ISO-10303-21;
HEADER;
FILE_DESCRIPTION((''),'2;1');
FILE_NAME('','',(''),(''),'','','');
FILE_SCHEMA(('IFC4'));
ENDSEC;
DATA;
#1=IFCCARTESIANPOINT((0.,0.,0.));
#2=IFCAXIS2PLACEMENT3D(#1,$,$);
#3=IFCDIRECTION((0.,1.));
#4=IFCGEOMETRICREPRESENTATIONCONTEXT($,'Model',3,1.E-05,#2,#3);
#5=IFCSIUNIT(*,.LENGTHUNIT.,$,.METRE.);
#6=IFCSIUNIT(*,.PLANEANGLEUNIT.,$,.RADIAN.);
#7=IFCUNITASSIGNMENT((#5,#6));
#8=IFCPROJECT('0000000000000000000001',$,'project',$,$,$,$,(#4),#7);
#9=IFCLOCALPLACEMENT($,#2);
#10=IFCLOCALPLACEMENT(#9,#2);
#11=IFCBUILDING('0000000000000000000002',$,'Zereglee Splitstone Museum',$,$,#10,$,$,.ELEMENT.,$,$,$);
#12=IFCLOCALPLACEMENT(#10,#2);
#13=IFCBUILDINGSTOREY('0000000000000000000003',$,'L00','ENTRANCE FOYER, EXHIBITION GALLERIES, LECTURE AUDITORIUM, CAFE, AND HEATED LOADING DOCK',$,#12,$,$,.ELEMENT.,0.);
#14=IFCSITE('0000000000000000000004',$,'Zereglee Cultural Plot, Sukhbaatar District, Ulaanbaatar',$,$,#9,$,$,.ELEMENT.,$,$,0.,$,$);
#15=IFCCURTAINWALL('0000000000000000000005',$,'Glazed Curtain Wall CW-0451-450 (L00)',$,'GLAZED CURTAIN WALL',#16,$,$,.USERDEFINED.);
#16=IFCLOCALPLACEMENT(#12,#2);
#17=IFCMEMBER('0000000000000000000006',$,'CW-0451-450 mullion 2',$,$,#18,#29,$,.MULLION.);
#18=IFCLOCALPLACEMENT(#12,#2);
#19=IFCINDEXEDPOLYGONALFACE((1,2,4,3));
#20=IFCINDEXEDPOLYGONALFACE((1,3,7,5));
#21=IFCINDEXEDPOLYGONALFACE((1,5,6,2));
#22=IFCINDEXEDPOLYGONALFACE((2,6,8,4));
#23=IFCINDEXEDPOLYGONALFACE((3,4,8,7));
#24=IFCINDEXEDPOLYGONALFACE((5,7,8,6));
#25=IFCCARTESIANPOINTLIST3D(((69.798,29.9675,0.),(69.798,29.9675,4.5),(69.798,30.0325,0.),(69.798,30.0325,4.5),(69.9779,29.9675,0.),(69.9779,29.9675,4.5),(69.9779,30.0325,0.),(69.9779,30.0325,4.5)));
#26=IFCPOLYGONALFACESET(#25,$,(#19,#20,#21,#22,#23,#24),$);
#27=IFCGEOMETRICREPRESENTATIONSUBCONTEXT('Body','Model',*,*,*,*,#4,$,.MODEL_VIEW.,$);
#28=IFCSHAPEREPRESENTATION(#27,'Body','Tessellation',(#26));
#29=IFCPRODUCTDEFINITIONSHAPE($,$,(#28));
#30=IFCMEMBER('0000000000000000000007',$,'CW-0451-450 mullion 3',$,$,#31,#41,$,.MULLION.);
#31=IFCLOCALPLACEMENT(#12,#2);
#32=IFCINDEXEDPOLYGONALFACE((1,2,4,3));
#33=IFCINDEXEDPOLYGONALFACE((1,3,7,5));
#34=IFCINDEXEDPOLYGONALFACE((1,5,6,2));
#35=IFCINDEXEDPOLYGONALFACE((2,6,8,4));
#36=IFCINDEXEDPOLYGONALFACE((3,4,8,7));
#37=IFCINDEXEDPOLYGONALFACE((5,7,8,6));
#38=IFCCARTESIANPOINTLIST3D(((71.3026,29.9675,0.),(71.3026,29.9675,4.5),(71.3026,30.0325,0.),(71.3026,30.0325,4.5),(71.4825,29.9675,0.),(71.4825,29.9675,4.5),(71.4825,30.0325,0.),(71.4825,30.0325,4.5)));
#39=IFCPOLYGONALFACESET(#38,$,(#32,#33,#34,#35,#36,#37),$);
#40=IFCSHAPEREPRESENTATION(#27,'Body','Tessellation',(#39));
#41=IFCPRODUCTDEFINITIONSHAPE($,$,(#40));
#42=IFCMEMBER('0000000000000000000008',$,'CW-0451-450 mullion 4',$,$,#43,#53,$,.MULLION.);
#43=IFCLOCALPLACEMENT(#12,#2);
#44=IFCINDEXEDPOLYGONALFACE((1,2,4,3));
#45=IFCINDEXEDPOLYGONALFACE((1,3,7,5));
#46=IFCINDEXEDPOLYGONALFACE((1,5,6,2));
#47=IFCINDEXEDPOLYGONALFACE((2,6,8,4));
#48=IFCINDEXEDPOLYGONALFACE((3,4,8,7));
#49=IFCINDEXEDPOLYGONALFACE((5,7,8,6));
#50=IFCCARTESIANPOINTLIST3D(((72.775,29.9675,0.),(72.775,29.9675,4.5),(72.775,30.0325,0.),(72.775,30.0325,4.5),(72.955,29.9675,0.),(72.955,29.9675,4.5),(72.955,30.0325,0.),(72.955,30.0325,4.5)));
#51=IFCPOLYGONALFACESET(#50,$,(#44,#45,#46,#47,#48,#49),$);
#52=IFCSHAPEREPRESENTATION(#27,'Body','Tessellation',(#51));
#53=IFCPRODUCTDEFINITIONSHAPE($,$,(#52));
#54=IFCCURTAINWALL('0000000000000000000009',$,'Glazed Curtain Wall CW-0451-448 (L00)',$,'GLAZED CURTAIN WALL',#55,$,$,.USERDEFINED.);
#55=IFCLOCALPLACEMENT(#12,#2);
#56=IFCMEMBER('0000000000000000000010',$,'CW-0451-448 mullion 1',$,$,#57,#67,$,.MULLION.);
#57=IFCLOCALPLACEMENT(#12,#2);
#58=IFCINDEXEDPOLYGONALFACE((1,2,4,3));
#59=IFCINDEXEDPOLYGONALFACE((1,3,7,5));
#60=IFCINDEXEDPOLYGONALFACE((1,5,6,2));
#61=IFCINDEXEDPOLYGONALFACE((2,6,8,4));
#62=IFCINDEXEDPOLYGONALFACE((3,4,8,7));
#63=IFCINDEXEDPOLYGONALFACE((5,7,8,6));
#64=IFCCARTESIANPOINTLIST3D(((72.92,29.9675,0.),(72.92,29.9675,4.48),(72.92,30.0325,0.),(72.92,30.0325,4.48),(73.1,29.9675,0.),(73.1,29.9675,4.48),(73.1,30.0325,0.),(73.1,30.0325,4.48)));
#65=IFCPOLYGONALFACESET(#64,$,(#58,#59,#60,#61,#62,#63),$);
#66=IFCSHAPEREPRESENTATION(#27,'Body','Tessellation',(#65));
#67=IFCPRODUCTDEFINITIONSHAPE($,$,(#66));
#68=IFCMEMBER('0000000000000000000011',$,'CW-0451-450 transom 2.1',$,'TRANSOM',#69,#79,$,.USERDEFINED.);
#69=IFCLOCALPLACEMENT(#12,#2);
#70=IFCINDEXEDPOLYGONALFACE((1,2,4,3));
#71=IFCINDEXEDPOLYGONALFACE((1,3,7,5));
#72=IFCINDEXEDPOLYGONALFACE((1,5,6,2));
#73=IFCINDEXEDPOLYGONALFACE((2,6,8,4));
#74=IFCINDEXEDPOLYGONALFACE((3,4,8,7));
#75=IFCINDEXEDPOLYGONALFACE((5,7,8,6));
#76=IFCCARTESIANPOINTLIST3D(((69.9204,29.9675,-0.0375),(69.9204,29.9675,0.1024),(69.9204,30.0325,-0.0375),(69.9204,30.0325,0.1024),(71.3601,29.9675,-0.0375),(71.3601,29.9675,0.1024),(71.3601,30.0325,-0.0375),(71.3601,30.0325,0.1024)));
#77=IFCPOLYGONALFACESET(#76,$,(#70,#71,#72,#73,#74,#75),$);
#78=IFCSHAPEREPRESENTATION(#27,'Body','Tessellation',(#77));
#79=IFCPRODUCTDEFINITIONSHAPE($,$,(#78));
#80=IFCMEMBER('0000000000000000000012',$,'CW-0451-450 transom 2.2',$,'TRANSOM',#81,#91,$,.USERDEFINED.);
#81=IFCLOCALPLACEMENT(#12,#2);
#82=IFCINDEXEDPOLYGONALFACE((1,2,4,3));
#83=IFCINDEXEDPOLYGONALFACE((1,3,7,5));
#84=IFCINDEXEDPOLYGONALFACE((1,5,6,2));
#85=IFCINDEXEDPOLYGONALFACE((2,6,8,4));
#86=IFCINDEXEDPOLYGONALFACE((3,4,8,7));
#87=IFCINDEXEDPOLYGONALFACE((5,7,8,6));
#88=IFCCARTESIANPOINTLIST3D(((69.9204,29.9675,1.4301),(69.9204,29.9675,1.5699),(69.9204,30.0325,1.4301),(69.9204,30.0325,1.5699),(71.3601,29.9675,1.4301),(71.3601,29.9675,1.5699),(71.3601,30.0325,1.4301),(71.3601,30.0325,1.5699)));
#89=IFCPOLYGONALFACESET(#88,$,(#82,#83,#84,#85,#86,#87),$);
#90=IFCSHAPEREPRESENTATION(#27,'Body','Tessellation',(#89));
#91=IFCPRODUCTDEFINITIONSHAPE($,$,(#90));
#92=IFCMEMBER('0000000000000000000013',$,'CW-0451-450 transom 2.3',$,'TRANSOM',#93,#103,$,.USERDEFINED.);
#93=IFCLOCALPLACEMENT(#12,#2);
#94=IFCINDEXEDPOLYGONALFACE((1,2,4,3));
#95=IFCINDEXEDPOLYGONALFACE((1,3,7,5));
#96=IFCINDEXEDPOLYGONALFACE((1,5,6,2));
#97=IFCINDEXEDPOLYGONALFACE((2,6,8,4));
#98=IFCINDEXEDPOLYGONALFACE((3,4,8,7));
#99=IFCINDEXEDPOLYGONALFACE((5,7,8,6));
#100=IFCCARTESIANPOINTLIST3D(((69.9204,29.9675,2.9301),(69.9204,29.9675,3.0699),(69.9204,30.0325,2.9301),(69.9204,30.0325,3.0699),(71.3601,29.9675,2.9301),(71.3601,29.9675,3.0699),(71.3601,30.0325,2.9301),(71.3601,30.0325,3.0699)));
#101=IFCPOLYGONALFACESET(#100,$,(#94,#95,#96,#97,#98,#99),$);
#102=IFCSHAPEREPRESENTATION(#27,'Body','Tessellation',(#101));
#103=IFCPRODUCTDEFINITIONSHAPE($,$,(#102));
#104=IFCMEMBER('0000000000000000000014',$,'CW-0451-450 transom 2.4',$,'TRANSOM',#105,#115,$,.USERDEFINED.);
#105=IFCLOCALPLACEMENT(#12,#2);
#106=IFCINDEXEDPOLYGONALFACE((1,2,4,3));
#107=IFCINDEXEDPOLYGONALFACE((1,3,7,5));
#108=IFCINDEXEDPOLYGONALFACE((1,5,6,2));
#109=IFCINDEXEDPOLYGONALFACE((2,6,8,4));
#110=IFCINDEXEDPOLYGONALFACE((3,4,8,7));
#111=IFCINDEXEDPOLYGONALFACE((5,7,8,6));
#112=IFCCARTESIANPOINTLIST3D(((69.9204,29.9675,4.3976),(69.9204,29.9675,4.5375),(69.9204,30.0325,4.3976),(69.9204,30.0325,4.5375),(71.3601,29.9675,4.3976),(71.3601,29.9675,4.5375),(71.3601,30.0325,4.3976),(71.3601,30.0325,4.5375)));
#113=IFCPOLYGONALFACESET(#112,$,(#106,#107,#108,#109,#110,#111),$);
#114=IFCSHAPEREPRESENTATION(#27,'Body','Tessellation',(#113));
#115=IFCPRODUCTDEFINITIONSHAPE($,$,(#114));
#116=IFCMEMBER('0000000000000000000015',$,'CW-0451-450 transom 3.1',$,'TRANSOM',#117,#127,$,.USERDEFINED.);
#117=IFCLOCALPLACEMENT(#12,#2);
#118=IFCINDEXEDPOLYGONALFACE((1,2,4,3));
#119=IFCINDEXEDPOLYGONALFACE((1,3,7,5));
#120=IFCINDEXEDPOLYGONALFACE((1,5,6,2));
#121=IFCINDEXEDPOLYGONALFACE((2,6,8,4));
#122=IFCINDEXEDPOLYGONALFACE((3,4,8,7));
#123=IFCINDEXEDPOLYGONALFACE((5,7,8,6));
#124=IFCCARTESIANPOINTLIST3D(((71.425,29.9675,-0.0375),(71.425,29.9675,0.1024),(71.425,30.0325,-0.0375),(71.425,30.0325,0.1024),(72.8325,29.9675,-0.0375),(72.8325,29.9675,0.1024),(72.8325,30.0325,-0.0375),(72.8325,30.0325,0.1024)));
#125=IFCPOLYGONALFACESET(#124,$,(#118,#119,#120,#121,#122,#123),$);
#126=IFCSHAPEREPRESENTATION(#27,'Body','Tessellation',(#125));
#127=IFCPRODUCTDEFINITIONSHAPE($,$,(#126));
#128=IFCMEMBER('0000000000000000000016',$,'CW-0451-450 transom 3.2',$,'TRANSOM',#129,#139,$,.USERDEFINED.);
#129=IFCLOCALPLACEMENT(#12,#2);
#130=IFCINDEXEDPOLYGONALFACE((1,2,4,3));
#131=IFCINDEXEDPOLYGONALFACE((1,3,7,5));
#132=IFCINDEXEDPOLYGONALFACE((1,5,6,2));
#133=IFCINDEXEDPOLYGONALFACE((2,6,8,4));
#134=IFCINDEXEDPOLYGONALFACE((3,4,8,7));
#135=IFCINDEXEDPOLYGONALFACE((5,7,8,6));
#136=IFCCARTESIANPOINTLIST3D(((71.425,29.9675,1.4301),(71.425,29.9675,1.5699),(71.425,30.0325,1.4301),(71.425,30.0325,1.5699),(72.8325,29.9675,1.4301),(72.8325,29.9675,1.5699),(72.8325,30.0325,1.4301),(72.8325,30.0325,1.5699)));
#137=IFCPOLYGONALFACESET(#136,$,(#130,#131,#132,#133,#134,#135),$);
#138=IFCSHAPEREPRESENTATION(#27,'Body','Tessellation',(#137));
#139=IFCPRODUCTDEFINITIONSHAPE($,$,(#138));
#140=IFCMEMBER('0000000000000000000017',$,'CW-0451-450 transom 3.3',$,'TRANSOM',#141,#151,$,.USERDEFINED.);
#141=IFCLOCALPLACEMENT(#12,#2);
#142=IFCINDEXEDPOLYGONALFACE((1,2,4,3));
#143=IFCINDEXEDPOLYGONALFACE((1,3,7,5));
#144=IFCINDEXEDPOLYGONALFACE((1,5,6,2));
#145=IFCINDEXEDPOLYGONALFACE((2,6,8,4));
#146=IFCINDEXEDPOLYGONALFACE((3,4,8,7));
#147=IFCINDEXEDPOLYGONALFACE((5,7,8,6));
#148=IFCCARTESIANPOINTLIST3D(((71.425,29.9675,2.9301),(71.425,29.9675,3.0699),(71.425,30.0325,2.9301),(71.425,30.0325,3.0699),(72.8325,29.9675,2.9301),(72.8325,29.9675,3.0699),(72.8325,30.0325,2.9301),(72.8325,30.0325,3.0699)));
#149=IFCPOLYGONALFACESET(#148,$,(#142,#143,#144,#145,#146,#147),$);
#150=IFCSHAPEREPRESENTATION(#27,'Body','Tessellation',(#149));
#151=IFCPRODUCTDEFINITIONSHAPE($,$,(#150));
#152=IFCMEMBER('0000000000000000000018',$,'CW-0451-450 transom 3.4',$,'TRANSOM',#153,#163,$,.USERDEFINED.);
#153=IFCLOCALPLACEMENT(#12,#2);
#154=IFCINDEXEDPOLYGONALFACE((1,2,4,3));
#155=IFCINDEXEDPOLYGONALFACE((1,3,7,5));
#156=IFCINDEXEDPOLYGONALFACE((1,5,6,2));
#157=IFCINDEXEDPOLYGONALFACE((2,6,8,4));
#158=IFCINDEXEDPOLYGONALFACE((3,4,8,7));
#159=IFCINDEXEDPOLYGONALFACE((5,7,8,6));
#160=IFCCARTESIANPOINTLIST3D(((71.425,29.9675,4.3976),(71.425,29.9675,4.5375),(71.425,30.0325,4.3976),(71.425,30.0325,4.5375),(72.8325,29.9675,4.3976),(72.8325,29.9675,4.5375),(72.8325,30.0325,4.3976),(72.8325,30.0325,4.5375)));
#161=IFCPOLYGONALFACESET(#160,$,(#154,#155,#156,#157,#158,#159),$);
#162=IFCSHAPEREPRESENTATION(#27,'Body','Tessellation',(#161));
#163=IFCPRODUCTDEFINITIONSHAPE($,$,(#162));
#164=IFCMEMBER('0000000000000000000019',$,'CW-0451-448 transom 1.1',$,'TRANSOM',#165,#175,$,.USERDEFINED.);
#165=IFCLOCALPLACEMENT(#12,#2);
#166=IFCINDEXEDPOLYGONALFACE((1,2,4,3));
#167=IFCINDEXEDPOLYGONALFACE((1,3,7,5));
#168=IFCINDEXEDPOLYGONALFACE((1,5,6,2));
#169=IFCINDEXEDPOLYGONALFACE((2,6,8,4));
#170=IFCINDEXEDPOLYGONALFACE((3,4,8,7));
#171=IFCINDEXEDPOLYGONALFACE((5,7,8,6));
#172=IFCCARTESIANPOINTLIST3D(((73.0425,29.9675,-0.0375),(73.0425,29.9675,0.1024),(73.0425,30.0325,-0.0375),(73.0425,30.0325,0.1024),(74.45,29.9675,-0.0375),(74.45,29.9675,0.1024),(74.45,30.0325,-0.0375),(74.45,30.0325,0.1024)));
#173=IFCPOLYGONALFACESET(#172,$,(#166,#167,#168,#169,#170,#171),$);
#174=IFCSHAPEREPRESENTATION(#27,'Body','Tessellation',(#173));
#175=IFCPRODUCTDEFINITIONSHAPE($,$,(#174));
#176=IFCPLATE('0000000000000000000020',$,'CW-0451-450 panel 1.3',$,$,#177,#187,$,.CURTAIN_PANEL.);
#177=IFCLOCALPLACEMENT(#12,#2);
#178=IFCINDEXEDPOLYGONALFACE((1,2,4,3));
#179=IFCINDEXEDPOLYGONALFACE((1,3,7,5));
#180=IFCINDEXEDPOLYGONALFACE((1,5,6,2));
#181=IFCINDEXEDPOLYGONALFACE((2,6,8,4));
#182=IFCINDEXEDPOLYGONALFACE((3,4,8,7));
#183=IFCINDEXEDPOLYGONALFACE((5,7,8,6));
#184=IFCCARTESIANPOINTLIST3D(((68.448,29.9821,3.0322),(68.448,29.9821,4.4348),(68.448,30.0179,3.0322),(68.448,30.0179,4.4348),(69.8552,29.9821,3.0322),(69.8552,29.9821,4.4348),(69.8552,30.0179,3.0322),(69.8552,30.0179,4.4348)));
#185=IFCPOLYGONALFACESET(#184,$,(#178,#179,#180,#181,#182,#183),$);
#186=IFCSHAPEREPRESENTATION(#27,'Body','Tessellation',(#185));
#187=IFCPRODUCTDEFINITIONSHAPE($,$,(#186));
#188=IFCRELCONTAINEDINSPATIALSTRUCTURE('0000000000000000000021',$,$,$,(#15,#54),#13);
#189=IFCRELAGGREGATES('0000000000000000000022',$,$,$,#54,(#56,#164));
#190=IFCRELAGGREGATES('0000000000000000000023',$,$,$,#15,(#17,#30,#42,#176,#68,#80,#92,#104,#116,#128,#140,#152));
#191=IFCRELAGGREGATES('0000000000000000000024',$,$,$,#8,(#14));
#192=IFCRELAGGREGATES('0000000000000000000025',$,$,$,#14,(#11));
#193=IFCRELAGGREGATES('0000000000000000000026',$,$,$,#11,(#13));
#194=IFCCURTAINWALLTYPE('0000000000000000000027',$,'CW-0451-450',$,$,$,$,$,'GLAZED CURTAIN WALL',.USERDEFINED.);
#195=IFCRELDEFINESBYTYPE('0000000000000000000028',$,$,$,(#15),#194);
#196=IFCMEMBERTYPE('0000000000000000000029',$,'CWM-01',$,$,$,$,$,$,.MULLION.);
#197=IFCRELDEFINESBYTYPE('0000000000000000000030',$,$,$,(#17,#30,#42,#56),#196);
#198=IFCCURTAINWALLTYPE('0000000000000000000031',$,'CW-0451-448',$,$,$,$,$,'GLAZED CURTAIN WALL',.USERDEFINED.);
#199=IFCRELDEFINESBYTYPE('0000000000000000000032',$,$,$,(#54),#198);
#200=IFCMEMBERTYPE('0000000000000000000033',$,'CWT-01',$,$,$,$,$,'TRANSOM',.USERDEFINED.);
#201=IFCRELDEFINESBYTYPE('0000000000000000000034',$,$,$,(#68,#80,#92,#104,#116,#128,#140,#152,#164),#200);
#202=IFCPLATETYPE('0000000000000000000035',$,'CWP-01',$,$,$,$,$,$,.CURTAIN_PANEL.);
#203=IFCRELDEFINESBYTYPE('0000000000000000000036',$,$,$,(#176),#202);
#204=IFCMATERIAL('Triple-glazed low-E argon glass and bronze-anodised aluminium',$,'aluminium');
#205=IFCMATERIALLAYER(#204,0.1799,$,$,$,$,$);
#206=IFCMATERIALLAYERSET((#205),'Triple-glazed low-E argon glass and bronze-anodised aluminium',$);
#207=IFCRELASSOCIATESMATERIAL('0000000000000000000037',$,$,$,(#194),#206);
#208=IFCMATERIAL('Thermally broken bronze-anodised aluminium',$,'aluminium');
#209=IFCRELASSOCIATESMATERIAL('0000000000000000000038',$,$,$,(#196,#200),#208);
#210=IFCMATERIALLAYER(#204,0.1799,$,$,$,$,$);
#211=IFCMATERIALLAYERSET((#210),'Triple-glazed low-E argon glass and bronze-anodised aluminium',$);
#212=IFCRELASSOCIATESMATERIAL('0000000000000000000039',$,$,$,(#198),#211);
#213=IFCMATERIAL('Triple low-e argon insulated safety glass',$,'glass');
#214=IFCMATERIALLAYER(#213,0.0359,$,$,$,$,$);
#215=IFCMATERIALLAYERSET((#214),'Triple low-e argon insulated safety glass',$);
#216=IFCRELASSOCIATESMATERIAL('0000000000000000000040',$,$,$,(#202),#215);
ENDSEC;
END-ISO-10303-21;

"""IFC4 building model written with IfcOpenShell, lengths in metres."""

from ifc_helpers import new_model, si_unit, direction, frame, origin, origin_2d, place, context, subcontext, project, spatial, rectangle, extrude, material, layer, layer_set, material_profile, profile_set, type_object, element, aggregate, save


model = new_model("IFC4")

# Units and contexts
model_context = context("Model", 3, precision=1e-05, world=origin(), true_north=direction((0.0, 1.0)))
body_context = subcontext(model_context, "Body", "Model", "MODEL_VIEW")
ifc_project = project(units=[si_unit("LENGTHUNIT", "METRE"), si_unit("PLANEANGLEUNIT", "RADIAN")], contexts=[model_context])

# Site, building, storey
site_placement = place(None, origin())
site = spatial("IfcSite", under=ifc_project, at=site_placement, Name="Zereglee Cultural Plot, Sukhbaatar District, Ulaanbaatar", CompositionType="ELEMENT", RefElevation=0.0)
building_placement = place(site_placement, origin())
building = spatial("IfcBuilding", under=site, at=building_placement, Name="Zereglee Splitstone Museum", CompositionType="ELEMENT")
storey_placement = place(building_placement, origin())
storey = spatial("IfcBuildingStorey", under=building, at=storey_placement, Name="L00", Description="ENTRANCE FOYER, EXHIBITION GALLERIES, LECTURE AUDITORIUM, CAFE, AND HEATED LOADING DOCK", CompositionType="ELEMENT", Elevation=0.0)

# Curtain wall, members
ifc_material_1 = material(Name="Triple-glazed low-E argon glass and bronze-anodised aluminium", Category="aluminium")
ifc_layer_1 = layer(ifc_material_1, 0.1799)
ifc_layer_set_1 = layer_set([ifc_layer_1], Name="Triple-glazed low-E argon glass and bronze-anodised aluminium")
curtain_wall_type_1 = type_object("IfcCurtainWallType", Name="CW-0451-450", ElementType="GLAZED CURTAIN WALL", PredefinedType="USERDEFINED", material=ifc_layer_set_1)
curtain_wall_1_placement = place(storey_placement, origin())
curtain_wall_1 = element("IfcCurtainWall", 1, at=curtain_wall_1_placement, inside=storey, type_object=curtain_wall_type_1, Name="Glazed Curtain Wall CW-0451-450 (L00)", ObjectType="GLAZED CURTAIN WALL", PredefinedType="USERDEFINED")
ifc_material_2 = material(Name="Thermally broken bronze-anodised aluminium", Category="aluminium")
ifc_material_profile_1 = material_profile(ifc_material_2, rectangle(XDim=0.0649, YDim=0.1799, at=origin_2d()), Name="CW MULL 65x180")
ifc_profile_set_1 = profile_set([ifc_material_profile_1], Name="Thermally broken bronze-anodised aluminium")
member_type_1 = type_object("IfcMemberType", Name="CWM-01", PredefinedType="MULLION", material=ifc_profile_set_1)
member_1_placement = place(storey_placement, frame((69.8879, 30.0, 0.0), z_axis=(0.0, 0.0, 1.0), x_axis=(0.0, 1.0, 0.0)))
member_1 = element("IfcMember", 2, at=member_1_placement, type_object=member_type_1, Name="CW-0451-450 mullion 2", PredefinedType="MULLION", context=body_context, shape_type="SweptSolid", body=[
    extrude(rectangle(XDim=0.0649, YDim=0.1799, at=origin_2d()), origin(), (0.0, 0.0, 1.0), 4.5),
])
member_2_placement = place(storey_placement, frame((71.3926, 30.0, 0.0), z_axis=(0.0, 0.0, 1.0), x_axis=(0.0, 1.0, 0.0)))
member_2 = element("IfcMember", 3, at=member_2_placement, type_object=member_type_1, Name="CW-0451-450 mullion 3", PredefinedType="MULLION", context=body_context, shape_type="SweptSolid", body=[
    extrude(rectangle(XDim=0.0649, YDim=0.1799, at=origin_2d()), origin(), (0.0, 0.0, 1.0), 4.5),
])
member_3_placement = place(storey_placement, frame((72.865, 30.0, 0.0), z_axis=(0.0, 0.0, 1.0), x_axis=(0.0, 1.0, 0.0)))
member_3 = element("IfcMember", 4, at=member_3_placement, type_object=member_type_1, Name="CW-0451-450 mullion 4", PredefinedType="MULLION", context=body_context, shape_type="SweptSolid", body=[
    extrude(rectangle(XDim=0.0649, YDim=0.1799, at=origin_2d()), origin(), (0.0, 0.0, 1.0), 4.5),
])

# Curtain wall, member
ifc_layer_2 = layer(ifc_material_1, 0.1799)
ifc_layer_set_2 = layer_set([ifc_layer_2], Name="Triple-glazed low-E argon glass and bronze-anodised aluminium")
curtain_wall_type_2 = type_object("IfcCurtainWallType", Name="CW-0451-448", ElementType="GLAZED CURTAIN WALL", PredefinedType="USERDEFINED", material=ifc_layer_set_2)
curtain_wall_2_placement = place(storey_placement, origin())
curtain_wall_2 = element("IfcCurtainWall", 5, at=curtain_wall_2_placement, inside=storey, type_object=curtain_wall_type_2, Name="Glazed Curtain Wall CW-0451-448 (L00)", ObjectType="GLAZED CURTAIN WALL", PredefinedType="USERDEFINED")
member_4_placement = place(storey_placement, frame((73.01, 30.0, 0.0), z_axis=(0.0, 0.0, 1.0), x_axis=(0.0, 1.0, 0.0)))
member_4 = element("IfcMember", 6, at=member_4_placement, type_object=member_type_1, Name="CW-0451-448 mullion 1", PredefinedType="MULLION", context=body_context, shape_type="SweptSolid", body=[
    extrude(rectangle(XDim=0.0649, YDim=0.1799, at=origin_2d()), origin(), (0.0, 0.0, 1.0), 4.48),
])

# Members
ifc_material_profile_2 = material_profile(ifc_material_2, rectangle(XDim=0.0649, YDim=0.1399, at=origin_2d()), Name="CW TRAN 65x140")
ifc_profile_set_2 = profile_set([ifc_material_profile_2], Name="Thermally broken bronze-anodised aluminium")
member_type_2 = type_object("IfcMemberType", Name="CWT-01", ElementType="TRANSOM", PredefinedType="USERDEFINED", material=ifc_profile_set_2)
member_5_placement = place(storey_placement, frame((69.9204, 30.0, 0.0325), z_axis=(1.0, 0.0, 0.0), x_axis=(0.0, 1.0, 0.0)))
member_5 = element("IfcMember", 7, at=member_5_placement, type_object=member_type_2, Name="CW-0451-450 transom 2.1", ObjectType="TRANSOM", PredefinedType="USERDEFINED", context=body_context, shape_type="SweptSolid", body=[
    extrude(rectangle(XDim=0.0649, YDim=0.1399, at=origin_2d()), origin(), (0.0, 0.0, 1.0), 1.4397),
])
member_6_placement = place(storey_placement, frame((69.9204, 30.0, 1.5), z_axis=(1.0, 0.0, 0.0), x_axis=(0.0, 1.0, 0.0)))
member_6 = element("IfcMember", 8, at=member_6_placement, type_object=member_type_2, Name="CW-0451-450 transom 2.2", ObjectType="TRANSOM", PredefinedType="USERDEFINED", context=body_context, shape_type="SweptSolid", body=[
    extrude(rectangle(XDim=0.0649, YDim=0.1399, at=origin_2d()), origin(), (0.0, 0.0, 1.0), 1.4397),
])
member_7_placement = place(storey_placement, frame((69.9204, 30.0, 3.0), z_axis=(1.0, 0.0, 0.0), x_axis=(0.0, 1.0, 0.0)))
member_7 = element("IfcMember", 9, at=member_7_placement, type_object=member_type_2, Name="CW-0451-450 transom 2.3", ObjectType="TRANSOM", PredefinedType="USERDEFINED", context=body_context, shape_type="SweptSolid", body=[
    extrude(rectangle(XDim=0.0649, YDim=0.1399, at=origin_2d()), origin(), (0.0, 0.0, 1.0), 1.4397),
])
member_8_placement = place(storey_placement, frame((69.9204, 30.0, 4.4675), z_axis=(1.0, 0.0, 0.0), x_axis=(0.0, 1.0, 0.0)))
member_8 = element("IfcMember", 10, at=member_8_placement, type_object=member_type_2, Name="CW-0451-450 transom 2.4", ObjectType="TRANSOM", PredefinedType="USERDEFINED", context=body_context, shape_type="SweptSolid", body=[
    extrude(rectangle(XDim=0.0649, YDim=0.1399, at=origin_2d()), origin(), (0.0, 0.0, 1.0), 1.4397),
])
member_9_placement = place(storey_placement, frame((71.425, 30.0, 0.0325), z_axis=(1.0, 0.0, 0.0), x_axis=(0.0, 1.0, 0.0)))
member_9 = element("IfcMember", 11, at=member_9_placement, type_object=member_type_2, Name="CW-0451-450 transom 3.1", ObjectType="TRANSOM", PredefinedType="USERDEFINED", context=body_context, shape_type="SweptSolid", body=[
    extrude(rectangle(XDim=0.0649, YDim=0.1399, at=origin_2d()), origin(), (0.0, 0.0, 1.0), 1.4075),
])
member_10_placement = place(storey_placement, frame((71.425, 30.0, 1.5), z_axis=(1.0, 0.0, 0.0), x_axis=(0.0, 1.0, 0.0)))
member_10 = element("IfcMember", 12, at=member_10_placement, type_object=member_type_2, Name="CW-0451-450 transom 3.2", ObjectType="TRANSOM", PredefinedType="USERDEFINED", context=body_context, shape_type="SweptSolid", body=[
    extrude(rectangle(XDim=0.0649, YDim=0.1399, at=origin_2d()), origin(), (0.0, 0.0, 1.0), 1.4075),
])
member_11_placement = place(storey_placement, frame((71.425, 30.0, 3.0), z_axis=(1.0, 0.0, 0.0), x_axis=(0.0, 1.0, 0.0)))
member_11 = element("IfcMember", 13, at=member_11_placement, type_object=member_type_2, Name="CW-0451-450 transom 3.3", ObjectType="TRANSOM", PredefinedType="USERDEFINED", context=body_context, shape_type="SweptSolid", body=[
    extrude(rectangle(XDim=0.0649, YDim=0.1399, at=origin_2d()), origin(), (0.0, 0.0, 1.0), 1.4075),
])
member_12_placement = place(storey_placement, frame((71.425, 30.0, 4.4675), z_axis=(1.0, 0.0, 0.0), x_axis=(0.0, 1.0, 0.0)))
member_12 = element("IfcMember", 14, at=member_12_placement, type_object=member_type_2, Name="CW-0451-450 transom 3.4", ObjectType="TRANSOM", PredefinedType="USERDEFINED", context=body_context, shape_type="SweptSolid", body=[
    extrude(rectangle(XDim=0.0649, YDim=0.1399, at=origin_2d()), origin(), (0.0, 0.0, 1.0), 1.4075),
])
member_13_placement = place(storey_placement, frame((73.0425, 30.0, 0.0325), z_axis=(1.0, 0.0, 0.0), x_axis=(0.0, 1.0, 0.0)))
member_13 = element("IfcMember", 15, at=member_13_placement, type_object=member_type_2, Name="CW-0451-448 transom 1.1", ObjectType="TRANSOM", PredefinedType="USERDEFINED", context=body_context, shape_type="SweptSolid", body=[
    extrude(rectangle(XDim=0.0649, YDim=0.1399, at=origin_2d()), origin(), (0.0, 0.0, 1.0), 1.4075),
])
aggregate(curtain_wall_2, [member_4, member_13])

# Plate
ifc_material_3 = material(Name="Triple low-e argon insulated safety glass", Category="glass")
ifc_layer_3 = layer(ifc_material_3, 0.0359)
ifc_layer_set_3 = layer_set([ifc_layer_3], Name="Triple low-e argon insulated safety glass")
plate_type = type_object("IfcPlateType", Name="CWP-01", PredefinedType="CURTAIN_PANEL", material=ifc_layer_set_3)
plate_1_placement = place(storey_placement, frame((69.1516, 30.0, 3.0322), z_axis=(0.0, 0.0, 1.0), x_axis=(1.0, 0.0, 0.0)))
plate_1 = element("IfcPlate", 16, at=plate_1_placement, type_object=plate_type, Name="CW-0451-450 panel 1.3", PredefinedType="CURTAIN_PANEL", context=body_context, shape_type="SweptSolid", body=[
    extrude(rectangle(XDim=1.4072, YDim=0.0359, at=origin_2d()), origin(), (0.0, 0.0, 1.0), 1.4026),
])
aggregate(curtain_wall_1, [member_1, member_2, member_3, plate_1, member_5, member_6, member_7, member_8, member_9, member_10, member_11, member_12])

save(model, "model.ifc")
